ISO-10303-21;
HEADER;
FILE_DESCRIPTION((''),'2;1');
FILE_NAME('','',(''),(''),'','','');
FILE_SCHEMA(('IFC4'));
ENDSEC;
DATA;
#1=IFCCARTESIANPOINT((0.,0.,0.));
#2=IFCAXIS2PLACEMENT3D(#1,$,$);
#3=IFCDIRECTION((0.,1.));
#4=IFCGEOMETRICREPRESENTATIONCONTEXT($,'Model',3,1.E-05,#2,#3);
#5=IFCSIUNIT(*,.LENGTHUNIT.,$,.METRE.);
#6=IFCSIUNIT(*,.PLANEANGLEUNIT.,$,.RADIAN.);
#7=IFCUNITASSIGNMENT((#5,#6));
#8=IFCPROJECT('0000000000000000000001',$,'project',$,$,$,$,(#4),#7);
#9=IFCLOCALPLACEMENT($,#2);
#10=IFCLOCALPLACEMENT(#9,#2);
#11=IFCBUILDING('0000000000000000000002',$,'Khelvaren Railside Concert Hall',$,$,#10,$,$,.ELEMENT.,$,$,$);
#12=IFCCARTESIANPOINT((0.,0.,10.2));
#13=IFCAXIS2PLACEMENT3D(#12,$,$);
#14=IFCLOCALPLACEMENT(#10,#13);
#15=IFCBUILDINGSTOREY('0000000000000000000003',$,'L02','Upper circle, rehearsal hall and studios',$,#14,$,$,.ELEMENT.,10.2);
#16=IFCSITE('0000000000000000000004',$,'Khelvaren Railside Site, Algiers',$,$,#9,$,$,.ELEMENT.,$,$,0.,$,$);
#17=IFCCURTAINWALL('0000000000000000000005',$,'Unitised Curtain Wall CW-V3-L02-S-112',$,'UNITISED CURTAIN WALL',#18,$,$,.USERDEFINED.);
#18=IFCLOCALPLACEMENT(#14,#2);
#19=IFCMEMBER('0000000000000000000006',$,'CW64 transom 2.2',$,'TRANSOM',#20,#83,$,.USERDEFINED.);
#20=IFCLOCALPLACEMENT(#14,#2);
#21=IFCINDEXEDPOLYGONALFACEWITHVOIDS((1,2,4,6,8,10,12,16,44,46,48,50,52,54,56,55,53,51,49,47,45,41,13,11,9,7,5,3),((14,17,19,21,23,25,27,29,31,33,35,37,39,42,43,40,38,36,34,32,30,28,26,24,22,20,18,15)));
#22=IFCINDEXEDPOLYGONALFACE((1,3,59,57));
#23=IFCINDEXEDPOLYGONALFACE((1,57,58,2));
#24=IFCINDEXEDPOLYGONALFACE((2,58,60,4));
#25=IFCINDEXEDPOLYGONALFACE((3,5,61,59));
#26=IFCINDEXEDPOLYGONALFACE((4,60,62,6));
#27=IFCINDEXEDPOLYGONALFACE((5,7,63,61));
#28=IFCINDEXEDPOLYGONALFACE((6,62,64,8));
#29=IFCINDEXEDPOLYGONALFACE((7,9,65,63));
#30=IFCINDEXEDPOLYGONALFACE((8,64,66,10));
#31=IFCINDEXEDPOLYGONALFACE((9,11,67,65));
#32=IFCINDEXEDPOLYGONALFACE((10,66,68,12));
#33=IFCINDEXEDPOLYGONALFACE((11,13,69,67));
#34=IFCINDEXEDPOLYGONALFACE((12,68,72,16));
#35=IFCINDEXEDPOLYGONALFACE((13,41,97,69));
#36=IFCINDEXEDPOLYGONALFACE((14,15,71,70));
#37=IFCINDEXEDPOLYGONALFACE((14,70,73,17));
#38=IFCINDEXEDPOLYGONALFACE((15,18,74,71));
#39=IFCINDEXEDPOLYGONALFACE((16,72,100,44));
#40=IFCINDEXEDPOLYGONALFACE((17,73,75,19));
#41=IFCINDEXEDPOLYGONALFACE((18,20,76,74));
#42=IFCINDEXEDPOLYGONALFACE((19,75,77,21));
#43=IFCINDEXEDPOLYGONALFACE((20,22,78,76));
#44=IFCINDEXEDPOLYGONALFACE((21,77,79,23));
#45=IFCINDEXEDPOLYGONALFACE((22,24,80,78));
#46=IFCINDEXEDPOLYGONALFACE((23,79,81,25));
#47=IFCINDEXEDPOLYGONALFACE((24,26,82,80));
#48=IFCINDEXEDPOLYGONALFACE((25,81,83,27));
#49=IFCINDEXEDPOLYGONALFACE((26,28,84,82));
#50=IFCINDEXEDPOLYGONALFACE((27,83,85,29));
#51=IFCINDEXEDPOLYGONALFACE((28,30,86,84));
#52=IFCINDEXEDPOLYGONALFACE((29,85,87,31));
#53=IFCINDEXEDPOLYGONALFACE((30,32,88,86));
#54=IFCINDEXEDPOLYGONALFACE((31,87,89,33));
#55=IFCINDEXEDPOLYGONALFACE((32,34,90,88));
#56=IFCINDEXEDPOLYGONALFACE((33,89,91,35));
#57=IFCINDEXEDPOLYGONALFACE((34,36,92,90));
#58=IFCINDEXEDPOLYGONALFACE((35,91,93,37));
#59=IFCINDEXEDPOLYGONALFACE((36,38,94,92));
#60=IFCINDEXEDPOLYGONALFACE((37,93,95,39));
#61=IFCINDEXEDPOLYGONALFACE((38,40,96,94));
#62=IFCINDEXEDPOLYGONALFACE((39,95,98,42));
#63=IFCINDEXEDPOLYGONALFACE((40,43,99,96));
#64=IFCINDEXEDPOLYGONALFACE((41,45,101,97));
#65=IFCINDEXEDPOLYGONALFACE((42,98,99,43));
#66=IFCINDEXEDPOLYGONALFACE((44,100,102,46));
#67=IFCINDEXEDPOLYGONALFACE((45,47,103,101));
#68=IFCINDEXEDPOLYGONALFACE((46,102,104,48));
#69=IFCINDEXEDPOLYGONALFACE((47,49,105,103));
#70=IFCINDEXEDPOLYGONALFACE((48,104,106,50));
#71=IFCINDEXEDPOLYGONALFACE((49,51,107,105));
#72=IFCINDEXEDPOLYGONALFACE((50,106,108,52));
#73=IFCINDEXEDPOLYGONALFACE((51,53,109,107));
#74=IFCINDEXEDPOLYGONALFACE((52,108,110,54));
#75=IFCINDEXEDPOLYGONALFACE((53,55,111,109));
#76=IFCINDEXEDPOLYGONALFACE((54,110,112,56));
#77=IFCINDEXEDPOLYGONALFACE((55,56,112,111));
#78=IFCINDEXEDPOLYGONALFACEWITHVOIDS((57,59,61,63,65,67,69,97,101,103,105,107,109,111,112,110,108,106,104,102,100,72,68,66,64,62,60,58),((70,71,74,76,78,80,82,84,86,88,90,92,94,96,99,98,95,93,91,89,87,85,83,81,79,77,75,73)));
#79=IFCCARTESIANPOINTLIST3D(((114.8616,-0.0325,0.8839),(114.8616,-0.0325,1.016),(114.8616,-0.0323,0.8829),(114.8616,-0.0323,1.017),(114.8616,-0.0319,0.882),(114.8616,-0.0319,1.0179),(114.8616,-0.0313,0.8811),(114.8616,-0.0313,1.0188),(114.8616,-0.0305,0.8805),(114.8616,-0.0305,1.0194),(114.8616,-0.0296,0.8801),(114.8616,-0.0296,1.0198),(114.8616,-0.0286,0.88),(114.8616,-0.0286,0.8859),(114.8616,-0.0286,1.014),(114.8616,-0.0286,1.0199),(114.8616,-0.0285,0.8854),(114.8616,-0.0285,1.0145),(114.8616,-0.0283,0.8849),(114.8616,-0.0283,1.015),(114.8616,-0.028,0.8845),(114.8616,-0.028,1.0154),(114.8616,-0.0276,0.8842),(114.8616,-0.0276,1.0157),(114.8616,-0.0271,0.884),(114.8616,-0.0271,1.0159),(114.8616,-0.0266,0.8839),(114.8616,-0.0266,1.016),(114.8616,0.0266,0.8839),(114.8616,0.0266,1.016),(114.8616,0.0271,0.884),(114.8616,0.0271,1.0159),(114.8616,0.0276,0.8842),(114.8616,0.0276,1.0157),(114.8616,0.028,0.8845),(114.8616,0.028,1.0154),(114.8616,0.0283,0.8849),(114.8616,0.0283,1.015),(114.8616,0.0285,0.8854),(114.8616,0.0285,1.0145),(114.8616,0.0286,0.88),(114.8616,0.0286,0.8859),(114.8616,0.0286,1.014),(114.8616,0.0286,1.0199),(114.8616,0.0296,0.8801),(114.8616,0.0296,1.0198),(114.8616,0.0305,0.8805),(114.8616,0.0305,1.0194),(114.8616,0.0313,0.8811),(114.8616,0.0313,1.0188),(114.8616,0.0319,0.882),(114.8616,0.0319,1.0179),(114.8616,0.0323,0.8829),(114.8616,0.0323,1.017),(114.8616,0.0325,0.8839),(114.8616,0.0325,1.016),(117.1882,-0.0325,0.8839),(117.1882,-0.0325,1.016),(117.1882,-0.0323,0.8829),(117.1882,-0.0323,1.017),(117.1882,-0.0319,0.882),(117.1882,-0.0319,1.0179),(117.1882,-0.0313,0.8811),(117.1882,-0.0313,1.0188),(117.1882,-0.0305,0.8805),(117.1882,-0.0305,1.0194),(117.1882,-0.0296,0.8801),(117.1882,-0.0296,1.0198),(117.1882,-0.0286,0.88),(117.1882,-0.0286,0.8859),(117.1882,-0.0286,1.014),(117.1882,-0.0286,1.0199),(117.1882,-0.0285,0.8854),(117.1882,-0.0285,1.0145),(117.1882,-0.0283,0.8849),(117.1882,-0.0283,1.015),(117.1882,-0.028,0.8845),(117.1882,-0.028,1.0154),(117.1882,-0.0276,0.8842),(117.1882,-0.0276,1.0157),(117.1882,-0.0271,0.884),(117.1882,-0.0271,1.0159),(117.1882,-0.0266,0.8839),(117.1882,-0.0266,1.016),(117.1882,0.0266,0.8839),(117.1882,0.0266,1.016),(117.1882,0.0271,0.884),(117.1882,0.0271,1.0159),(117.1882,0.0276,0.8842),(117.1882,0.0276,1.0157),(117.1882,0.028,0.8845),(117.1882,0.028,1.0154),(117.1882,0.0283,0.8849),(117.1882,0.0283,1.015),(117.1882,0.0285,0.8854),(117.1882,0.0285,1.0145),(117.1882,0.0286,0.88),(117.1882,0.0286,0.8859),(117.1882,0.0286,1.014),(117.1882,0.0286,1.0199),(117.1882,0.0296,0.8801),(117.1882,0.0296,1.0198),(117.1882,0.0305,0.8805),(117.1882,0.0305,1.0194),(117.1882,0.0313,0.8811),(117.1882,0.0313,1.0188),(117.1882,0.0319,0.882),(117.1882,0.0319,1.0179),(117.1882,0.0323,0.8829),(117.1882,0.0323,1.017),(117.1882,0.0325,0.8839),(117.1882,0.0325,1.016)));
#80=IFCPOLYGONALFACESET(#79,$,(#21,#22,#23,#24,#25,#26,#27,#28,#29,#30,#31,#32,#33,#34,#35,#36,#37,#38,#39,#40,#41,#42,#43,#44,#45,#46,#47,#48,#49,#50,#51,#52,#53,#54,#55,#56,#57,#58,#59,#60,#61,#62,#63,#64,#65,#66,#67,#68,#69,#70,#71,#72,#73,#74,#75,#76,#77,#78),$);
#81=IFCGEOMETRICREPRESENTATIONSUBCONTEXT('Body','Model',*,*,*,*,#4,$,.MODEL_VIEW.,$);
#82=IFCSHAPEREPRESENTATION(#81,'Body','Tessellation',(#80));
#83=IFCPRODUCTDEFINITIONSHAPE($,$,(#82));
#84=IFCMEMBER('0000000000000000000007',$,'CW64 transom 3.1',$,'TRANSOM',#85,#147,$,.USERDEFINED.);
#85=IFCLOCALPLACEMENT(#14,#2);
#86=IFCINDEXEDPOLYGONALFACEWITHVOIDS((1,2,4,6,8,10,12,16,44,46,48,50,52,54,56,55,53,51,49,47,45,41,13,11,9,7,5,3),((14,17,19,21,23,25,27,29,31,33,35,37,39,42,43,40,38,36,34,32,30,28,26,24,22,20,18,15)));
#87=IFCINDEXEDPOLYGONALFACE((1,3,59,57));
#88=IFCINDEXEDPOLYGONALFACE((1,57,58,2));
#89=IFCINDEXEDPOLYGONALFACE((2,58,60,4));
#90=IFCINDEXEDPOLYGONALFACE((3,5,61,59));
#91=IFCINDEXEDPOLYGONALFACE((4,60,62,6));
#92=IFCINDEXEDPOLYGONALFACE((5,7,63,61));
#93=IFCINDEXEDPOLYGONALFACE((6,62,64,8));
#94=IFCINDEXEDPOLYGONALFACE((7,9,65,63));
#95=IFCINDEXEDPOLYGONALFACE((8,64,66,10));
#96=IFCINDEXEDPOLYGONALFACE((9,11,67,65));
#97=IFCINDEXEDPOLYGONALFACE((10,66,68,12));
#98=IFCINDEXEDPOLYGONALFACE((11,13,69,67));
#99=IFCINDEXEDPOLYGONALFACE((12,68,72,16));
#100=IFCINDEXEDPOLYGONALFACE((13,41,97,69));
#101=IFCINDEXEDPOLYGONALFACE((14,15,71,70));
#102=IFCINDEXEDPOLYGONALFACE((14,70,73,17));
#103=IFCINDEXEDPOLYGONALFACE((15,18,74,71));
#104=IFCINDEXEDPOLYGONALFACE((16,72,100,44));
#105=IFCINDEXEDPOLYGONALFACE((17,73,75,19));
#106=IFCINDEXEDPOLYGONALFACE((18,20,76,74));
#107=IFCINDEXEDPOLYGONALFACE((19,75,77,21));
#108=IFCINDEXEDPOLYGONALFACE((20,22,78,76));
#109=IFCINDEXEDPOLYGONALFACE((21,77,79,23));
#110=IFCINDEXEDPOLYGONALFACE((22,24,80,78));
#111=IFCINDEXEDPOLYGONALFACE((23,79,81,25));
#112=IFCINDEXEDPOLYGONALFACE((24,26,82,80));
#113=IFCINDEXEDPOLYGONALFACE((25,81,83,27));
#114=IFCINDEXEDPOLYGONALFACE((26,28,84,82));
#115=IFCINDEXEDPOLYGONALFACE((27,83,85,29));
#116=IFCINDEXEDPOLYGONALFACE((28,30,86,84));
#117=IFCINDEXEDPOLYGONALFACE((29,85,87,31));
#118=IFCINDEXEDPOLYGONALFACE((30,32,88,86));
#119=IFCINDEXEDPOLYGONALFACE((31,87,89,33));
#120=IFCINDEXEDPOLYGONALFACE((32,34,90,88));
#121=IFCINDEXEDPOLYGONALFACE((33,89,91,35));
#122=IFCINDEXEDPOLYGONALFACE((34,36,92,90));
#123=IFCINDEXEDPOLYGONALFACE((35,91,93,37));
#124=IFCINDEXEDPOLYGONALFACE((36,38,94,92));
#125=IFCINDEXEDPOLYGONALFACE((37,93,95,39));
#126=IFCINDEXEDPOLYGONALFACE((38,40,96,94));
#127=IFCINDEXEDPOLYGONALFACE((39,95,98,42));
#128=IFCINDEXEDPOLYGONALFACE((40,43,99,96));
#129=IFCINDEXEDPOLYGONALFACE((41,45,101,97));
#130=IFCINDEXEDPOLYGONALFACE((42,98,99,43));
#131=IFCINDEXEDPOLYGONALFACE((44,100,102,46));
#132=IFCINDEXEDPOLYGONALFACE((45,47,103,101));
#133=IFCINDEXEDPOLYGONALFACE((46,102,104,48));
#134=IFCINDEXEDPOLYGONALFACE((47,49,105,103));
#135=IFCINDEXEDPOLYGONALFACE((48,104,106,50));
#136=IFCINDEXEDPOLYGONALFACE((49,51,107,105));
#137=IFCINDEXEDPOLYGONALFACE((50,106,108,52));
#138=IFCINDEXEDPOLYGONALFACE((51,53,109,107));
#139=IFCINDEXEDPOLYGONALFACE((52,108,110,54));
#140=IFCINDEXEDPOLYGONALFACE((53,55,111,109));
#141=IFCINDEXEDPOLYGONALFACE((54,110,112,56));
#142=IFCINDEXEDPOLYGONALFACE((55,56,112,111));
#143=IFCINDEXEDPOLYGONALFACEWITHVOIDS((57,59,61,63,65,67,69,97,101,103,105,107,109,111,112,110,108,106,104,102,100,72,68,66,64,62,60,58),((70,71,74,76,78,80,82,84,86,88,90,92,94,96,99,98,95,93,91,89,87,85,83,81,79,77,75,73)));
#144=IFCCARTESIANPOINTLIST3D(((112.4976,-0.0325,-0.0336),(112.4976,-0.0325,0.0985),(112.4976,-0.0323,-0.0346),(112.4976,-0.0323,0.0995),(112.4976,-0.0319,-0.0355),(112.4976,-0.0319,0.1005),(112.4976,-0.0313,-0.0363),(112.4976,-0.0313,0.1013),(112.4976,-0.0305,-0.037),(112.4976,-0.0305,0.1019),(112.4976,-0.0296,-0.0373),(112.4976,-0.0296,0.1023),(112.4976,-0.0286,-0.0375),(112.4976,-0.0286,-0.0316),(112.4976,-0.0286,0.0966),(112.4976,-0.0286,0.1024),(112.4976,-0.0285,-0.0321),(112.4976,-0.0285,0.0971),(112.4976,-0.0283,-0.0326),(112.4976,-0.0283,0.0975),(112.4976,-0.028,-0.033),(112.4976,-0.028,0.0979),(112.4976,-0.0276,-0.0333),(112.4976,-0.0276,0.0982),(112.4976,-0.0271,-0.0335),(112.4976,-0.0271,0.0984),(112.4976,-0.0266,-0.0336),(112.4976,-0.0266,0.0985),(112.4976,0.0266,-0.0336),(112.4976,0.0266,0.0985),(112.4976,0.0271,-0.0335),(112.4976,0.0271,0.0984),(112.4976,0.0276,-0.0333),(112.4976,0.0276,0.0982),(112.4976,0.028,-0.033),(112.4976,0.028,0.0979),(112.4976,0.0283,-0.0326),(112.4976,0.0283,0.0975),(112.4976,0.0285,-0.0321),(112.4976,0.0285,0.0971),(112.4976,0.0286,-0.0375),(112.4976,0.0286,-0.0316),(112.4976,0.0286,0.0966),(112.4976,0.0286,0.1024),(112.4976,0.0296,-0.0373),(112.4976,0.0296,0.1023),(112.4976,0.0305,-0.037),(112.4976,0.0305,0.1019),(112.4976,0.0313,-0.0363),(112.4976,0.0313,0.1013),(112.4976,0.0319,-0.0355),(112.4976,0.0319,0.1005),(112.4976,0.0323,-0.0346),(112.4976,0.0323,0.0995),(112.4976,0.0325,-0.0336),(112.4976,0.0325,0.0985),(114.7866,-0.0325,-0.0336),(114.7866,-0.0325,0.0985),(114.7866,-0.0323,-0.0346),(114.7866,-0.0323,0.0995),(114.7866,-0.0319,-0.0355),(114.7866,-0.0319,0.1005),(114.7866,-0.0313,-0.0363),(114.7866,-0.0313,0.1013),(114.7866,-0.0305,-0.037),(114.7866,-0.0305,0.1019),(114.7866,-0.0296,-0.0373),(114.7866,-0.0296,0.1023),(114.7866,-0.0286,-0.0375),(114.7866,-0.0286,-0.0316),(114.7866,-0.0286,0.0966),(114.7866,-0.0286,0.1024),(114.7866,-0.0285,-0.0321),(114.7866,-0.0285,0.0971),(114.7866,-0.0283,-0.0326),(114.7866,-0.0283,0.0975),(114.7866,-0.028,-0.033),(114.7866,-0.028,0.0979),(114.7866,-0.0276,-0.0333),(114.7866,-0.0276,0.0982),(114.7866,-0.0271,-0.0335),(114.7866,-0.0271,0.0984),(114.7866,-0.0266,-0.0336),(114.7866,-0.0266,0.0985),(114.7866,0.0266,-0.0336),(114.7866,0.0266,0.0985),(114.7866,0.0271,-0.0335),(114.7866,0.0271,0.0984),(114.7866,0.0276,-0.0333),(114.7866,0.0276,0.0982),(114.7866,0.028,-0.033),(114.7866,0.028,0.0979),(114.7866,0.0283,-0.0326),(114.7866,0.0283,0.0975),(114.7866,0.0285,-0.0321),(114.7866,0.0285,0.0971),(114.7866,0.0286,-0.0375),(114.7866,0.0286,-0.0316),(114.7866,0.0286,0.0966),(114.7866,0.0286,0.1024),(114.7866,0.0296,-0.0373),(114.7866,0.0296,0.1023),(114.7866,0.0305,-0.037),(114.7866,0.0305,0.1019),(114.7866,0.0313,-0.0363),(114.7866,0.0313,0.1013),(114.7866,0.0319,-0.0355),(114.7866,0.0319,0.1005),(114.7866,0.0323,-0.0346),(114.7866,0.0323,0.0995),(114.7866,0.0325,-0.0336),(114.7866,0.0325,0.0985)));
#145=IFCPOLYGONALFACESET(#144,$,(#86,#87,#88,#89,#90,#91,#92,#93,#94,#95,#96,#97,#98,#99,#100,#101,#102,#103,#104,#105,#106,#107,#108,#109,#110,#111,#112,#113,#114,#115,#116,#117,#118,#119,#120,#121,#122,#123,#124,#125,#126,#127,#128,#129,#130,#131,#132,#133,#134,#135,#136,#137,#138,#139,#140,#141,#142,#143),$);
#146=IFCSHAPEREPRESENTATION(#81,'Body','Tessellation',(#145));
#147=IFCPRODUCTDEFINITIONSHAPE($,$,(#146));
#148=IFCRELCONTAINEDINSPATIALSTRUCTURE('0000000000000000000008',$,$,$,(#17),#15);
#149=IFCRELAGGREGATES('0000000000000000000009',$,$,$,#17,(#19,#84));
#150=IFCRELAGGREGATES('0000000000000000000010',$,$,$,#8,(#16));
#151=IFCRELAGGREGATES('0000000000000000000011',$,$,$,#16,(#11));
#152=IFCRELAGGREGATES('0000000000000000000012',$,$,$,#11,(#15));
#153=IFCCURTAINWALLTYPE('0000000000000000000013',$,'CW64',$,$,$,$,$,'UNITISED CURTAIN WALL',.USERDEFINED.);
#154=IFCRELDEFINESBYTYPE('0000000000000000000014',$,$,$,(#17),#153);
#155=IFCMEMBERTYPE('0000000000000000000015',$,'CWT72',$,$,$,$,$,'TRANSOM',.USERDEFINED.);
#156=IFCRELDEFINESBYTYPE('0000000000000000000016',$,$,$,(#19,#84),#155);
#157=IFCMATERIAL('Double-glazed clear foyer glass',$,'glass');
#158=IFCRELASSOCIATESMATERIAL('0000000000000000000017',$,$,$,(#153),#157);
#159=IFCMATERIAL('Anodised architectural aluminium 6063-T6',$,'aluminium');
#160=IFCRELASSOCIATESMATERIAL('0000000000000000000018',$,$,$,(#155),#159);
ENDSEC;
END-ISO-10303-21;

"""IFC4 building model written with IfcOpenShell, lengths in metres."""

from ifc_helpers import new_model, si_unit, direction, frame, origin, origin_2d, place, context, subcontext, project, spatial, hollow_rectangle, extrude, material, material_profile, profile_set, type_object, element, aggregate, save


model = new_model("IFC4")

# Units and contexts
model_context = context("Model", 3, precision=1e-05, world=origin(), true_north=direction((0.0, 1.0)))
body_context = subcontext(model_context, "Body", "Model", "MODEL_VIEW")
ifc_project = project(units=[si_unit("LENGTHUNIT", "METRE"), si_unit("PLANEANGLEUNIT", "RADIAN")], contexts=[model_context])

# Site, building, storey
site_placement = place(None, origin())
site = spatial("IfcSite", under=ifc_project, at=site_placement, Name="Khelvaren Railside Site, Algiers", CompositionType="ELEMENT", RefElevation=0.0)
building_placement = place(site_placement, origin())
building = spatial("IfcBuilding", under=site, at=building_placement, Name="Khelvaren Railside Concert Hall", CompositionType="ELEMENT")
storey_placement = place(building_placement, frame((0.0, 0.0, 10.2)))
storey = spatial("IfcBuildingStorey", under=building, at=storey_placement, Name="L02", Description="Upper circle, rehearsal hall and studios", CompositionType="ELEMENT", Elevation=10.2)

# Shared definitions
ifc_material_1 = material(Name="Double-glazed clear foyer glass", Category="glass")
ifc_material_2 = material(Name="Anodised architectural aluminium 6063-T6", Category="aluminium")

# Curtain wall
curtain_wall_type_1 = type_object("IfcCurtainWallType", Name="CW64", ElementType="UNITISED CURTAIN WALL", PredefinedType="USERDEFINED", material=ifc_material_1)
curtain_wall_1_placement = place(storey_placement, origin())
curtain_wall_1 = element("IfcCurtainWall", 1, at=curtain_wall_1_placement, inside=storey, type_object=curtain_wall_type_1, Name="Unitised Curtain Wall CW-V3-L02-S-112", ObjectType="UNITISED CURTAIN WALL", PredefinedType="USERDEFINED")

# Members
ifc_material_profile_1 = material_profile(ifc_material_2, hollow_rectangle(XDim=0.0649, YDim=0.1399, WallThickness=0.0039, InnerFilletRadius=0.002, OuterFilletRadius=0.0039, at=origin_2d()), Name="CWT 65x140x4")
ifc_profile_set_1 = profile_set([ifc_material_profile_1], Name="Anodised architectural aluminium 6063-T6")
member_type_1 = type_object("IfcMemberType", Name="CWT72", ElementType="TRANSOM", PredefinedType="USERDEFINED", material=ifc_profile_set_1)
member_1_placement = place(storey_placement, frame((117.1882, 0.0, 0.95), z_axis=(-1.0, 0.0, 0.0), x_axis=(0.0, -1.0, 0.0)))
member_1 = element("IfcMember", 2, at=member_1_placement, type_object=member_type_1, Name="CW64 transom 2.2", ObjectType="TRANSOM", PredefinedType="USERDEFINED", context=body_context, shape_type="SweptSolid", body=[
    extrude(hollow_rectangle(XDim=0.0649, YDim=0.1399, WallThickness=0.0039, InnerFilletRadius=0.002, OuterFilletRadius=0.0039, at=origin_2d()), origin(), (0.0, 0.0, 1.0), 2.3267),
])
member_2_placement = place(storey_placement, frame((114.7866, 0.0, 0.0325), z_axis=(-1.0, 0.0, 0.0), x_axis=(0.0, -1.0, 0.0)))
member_2 = element("IfcMember", 3, at=member_2_placement, type_object=member_type_1, Name="CW64 transom 3.1", ObjectType="TRANSOM", PredefinedType="USERDEFINED", context=body_context, shape_type="SweptSolid", body=[
    extrude(hollow_rectangle(XDim=0.0649, YDim=0.1399, WallThickness=0.0039, InnerFilletRadius=0.002, OuterFilletRadius=0.0039, at=origin_2d()), origin(), (0.0, 0.0, 1.0), 2.2891),
])

aggregate(curtain_wall_1, [member_1, member_2])

save(model, "model.ifc")
